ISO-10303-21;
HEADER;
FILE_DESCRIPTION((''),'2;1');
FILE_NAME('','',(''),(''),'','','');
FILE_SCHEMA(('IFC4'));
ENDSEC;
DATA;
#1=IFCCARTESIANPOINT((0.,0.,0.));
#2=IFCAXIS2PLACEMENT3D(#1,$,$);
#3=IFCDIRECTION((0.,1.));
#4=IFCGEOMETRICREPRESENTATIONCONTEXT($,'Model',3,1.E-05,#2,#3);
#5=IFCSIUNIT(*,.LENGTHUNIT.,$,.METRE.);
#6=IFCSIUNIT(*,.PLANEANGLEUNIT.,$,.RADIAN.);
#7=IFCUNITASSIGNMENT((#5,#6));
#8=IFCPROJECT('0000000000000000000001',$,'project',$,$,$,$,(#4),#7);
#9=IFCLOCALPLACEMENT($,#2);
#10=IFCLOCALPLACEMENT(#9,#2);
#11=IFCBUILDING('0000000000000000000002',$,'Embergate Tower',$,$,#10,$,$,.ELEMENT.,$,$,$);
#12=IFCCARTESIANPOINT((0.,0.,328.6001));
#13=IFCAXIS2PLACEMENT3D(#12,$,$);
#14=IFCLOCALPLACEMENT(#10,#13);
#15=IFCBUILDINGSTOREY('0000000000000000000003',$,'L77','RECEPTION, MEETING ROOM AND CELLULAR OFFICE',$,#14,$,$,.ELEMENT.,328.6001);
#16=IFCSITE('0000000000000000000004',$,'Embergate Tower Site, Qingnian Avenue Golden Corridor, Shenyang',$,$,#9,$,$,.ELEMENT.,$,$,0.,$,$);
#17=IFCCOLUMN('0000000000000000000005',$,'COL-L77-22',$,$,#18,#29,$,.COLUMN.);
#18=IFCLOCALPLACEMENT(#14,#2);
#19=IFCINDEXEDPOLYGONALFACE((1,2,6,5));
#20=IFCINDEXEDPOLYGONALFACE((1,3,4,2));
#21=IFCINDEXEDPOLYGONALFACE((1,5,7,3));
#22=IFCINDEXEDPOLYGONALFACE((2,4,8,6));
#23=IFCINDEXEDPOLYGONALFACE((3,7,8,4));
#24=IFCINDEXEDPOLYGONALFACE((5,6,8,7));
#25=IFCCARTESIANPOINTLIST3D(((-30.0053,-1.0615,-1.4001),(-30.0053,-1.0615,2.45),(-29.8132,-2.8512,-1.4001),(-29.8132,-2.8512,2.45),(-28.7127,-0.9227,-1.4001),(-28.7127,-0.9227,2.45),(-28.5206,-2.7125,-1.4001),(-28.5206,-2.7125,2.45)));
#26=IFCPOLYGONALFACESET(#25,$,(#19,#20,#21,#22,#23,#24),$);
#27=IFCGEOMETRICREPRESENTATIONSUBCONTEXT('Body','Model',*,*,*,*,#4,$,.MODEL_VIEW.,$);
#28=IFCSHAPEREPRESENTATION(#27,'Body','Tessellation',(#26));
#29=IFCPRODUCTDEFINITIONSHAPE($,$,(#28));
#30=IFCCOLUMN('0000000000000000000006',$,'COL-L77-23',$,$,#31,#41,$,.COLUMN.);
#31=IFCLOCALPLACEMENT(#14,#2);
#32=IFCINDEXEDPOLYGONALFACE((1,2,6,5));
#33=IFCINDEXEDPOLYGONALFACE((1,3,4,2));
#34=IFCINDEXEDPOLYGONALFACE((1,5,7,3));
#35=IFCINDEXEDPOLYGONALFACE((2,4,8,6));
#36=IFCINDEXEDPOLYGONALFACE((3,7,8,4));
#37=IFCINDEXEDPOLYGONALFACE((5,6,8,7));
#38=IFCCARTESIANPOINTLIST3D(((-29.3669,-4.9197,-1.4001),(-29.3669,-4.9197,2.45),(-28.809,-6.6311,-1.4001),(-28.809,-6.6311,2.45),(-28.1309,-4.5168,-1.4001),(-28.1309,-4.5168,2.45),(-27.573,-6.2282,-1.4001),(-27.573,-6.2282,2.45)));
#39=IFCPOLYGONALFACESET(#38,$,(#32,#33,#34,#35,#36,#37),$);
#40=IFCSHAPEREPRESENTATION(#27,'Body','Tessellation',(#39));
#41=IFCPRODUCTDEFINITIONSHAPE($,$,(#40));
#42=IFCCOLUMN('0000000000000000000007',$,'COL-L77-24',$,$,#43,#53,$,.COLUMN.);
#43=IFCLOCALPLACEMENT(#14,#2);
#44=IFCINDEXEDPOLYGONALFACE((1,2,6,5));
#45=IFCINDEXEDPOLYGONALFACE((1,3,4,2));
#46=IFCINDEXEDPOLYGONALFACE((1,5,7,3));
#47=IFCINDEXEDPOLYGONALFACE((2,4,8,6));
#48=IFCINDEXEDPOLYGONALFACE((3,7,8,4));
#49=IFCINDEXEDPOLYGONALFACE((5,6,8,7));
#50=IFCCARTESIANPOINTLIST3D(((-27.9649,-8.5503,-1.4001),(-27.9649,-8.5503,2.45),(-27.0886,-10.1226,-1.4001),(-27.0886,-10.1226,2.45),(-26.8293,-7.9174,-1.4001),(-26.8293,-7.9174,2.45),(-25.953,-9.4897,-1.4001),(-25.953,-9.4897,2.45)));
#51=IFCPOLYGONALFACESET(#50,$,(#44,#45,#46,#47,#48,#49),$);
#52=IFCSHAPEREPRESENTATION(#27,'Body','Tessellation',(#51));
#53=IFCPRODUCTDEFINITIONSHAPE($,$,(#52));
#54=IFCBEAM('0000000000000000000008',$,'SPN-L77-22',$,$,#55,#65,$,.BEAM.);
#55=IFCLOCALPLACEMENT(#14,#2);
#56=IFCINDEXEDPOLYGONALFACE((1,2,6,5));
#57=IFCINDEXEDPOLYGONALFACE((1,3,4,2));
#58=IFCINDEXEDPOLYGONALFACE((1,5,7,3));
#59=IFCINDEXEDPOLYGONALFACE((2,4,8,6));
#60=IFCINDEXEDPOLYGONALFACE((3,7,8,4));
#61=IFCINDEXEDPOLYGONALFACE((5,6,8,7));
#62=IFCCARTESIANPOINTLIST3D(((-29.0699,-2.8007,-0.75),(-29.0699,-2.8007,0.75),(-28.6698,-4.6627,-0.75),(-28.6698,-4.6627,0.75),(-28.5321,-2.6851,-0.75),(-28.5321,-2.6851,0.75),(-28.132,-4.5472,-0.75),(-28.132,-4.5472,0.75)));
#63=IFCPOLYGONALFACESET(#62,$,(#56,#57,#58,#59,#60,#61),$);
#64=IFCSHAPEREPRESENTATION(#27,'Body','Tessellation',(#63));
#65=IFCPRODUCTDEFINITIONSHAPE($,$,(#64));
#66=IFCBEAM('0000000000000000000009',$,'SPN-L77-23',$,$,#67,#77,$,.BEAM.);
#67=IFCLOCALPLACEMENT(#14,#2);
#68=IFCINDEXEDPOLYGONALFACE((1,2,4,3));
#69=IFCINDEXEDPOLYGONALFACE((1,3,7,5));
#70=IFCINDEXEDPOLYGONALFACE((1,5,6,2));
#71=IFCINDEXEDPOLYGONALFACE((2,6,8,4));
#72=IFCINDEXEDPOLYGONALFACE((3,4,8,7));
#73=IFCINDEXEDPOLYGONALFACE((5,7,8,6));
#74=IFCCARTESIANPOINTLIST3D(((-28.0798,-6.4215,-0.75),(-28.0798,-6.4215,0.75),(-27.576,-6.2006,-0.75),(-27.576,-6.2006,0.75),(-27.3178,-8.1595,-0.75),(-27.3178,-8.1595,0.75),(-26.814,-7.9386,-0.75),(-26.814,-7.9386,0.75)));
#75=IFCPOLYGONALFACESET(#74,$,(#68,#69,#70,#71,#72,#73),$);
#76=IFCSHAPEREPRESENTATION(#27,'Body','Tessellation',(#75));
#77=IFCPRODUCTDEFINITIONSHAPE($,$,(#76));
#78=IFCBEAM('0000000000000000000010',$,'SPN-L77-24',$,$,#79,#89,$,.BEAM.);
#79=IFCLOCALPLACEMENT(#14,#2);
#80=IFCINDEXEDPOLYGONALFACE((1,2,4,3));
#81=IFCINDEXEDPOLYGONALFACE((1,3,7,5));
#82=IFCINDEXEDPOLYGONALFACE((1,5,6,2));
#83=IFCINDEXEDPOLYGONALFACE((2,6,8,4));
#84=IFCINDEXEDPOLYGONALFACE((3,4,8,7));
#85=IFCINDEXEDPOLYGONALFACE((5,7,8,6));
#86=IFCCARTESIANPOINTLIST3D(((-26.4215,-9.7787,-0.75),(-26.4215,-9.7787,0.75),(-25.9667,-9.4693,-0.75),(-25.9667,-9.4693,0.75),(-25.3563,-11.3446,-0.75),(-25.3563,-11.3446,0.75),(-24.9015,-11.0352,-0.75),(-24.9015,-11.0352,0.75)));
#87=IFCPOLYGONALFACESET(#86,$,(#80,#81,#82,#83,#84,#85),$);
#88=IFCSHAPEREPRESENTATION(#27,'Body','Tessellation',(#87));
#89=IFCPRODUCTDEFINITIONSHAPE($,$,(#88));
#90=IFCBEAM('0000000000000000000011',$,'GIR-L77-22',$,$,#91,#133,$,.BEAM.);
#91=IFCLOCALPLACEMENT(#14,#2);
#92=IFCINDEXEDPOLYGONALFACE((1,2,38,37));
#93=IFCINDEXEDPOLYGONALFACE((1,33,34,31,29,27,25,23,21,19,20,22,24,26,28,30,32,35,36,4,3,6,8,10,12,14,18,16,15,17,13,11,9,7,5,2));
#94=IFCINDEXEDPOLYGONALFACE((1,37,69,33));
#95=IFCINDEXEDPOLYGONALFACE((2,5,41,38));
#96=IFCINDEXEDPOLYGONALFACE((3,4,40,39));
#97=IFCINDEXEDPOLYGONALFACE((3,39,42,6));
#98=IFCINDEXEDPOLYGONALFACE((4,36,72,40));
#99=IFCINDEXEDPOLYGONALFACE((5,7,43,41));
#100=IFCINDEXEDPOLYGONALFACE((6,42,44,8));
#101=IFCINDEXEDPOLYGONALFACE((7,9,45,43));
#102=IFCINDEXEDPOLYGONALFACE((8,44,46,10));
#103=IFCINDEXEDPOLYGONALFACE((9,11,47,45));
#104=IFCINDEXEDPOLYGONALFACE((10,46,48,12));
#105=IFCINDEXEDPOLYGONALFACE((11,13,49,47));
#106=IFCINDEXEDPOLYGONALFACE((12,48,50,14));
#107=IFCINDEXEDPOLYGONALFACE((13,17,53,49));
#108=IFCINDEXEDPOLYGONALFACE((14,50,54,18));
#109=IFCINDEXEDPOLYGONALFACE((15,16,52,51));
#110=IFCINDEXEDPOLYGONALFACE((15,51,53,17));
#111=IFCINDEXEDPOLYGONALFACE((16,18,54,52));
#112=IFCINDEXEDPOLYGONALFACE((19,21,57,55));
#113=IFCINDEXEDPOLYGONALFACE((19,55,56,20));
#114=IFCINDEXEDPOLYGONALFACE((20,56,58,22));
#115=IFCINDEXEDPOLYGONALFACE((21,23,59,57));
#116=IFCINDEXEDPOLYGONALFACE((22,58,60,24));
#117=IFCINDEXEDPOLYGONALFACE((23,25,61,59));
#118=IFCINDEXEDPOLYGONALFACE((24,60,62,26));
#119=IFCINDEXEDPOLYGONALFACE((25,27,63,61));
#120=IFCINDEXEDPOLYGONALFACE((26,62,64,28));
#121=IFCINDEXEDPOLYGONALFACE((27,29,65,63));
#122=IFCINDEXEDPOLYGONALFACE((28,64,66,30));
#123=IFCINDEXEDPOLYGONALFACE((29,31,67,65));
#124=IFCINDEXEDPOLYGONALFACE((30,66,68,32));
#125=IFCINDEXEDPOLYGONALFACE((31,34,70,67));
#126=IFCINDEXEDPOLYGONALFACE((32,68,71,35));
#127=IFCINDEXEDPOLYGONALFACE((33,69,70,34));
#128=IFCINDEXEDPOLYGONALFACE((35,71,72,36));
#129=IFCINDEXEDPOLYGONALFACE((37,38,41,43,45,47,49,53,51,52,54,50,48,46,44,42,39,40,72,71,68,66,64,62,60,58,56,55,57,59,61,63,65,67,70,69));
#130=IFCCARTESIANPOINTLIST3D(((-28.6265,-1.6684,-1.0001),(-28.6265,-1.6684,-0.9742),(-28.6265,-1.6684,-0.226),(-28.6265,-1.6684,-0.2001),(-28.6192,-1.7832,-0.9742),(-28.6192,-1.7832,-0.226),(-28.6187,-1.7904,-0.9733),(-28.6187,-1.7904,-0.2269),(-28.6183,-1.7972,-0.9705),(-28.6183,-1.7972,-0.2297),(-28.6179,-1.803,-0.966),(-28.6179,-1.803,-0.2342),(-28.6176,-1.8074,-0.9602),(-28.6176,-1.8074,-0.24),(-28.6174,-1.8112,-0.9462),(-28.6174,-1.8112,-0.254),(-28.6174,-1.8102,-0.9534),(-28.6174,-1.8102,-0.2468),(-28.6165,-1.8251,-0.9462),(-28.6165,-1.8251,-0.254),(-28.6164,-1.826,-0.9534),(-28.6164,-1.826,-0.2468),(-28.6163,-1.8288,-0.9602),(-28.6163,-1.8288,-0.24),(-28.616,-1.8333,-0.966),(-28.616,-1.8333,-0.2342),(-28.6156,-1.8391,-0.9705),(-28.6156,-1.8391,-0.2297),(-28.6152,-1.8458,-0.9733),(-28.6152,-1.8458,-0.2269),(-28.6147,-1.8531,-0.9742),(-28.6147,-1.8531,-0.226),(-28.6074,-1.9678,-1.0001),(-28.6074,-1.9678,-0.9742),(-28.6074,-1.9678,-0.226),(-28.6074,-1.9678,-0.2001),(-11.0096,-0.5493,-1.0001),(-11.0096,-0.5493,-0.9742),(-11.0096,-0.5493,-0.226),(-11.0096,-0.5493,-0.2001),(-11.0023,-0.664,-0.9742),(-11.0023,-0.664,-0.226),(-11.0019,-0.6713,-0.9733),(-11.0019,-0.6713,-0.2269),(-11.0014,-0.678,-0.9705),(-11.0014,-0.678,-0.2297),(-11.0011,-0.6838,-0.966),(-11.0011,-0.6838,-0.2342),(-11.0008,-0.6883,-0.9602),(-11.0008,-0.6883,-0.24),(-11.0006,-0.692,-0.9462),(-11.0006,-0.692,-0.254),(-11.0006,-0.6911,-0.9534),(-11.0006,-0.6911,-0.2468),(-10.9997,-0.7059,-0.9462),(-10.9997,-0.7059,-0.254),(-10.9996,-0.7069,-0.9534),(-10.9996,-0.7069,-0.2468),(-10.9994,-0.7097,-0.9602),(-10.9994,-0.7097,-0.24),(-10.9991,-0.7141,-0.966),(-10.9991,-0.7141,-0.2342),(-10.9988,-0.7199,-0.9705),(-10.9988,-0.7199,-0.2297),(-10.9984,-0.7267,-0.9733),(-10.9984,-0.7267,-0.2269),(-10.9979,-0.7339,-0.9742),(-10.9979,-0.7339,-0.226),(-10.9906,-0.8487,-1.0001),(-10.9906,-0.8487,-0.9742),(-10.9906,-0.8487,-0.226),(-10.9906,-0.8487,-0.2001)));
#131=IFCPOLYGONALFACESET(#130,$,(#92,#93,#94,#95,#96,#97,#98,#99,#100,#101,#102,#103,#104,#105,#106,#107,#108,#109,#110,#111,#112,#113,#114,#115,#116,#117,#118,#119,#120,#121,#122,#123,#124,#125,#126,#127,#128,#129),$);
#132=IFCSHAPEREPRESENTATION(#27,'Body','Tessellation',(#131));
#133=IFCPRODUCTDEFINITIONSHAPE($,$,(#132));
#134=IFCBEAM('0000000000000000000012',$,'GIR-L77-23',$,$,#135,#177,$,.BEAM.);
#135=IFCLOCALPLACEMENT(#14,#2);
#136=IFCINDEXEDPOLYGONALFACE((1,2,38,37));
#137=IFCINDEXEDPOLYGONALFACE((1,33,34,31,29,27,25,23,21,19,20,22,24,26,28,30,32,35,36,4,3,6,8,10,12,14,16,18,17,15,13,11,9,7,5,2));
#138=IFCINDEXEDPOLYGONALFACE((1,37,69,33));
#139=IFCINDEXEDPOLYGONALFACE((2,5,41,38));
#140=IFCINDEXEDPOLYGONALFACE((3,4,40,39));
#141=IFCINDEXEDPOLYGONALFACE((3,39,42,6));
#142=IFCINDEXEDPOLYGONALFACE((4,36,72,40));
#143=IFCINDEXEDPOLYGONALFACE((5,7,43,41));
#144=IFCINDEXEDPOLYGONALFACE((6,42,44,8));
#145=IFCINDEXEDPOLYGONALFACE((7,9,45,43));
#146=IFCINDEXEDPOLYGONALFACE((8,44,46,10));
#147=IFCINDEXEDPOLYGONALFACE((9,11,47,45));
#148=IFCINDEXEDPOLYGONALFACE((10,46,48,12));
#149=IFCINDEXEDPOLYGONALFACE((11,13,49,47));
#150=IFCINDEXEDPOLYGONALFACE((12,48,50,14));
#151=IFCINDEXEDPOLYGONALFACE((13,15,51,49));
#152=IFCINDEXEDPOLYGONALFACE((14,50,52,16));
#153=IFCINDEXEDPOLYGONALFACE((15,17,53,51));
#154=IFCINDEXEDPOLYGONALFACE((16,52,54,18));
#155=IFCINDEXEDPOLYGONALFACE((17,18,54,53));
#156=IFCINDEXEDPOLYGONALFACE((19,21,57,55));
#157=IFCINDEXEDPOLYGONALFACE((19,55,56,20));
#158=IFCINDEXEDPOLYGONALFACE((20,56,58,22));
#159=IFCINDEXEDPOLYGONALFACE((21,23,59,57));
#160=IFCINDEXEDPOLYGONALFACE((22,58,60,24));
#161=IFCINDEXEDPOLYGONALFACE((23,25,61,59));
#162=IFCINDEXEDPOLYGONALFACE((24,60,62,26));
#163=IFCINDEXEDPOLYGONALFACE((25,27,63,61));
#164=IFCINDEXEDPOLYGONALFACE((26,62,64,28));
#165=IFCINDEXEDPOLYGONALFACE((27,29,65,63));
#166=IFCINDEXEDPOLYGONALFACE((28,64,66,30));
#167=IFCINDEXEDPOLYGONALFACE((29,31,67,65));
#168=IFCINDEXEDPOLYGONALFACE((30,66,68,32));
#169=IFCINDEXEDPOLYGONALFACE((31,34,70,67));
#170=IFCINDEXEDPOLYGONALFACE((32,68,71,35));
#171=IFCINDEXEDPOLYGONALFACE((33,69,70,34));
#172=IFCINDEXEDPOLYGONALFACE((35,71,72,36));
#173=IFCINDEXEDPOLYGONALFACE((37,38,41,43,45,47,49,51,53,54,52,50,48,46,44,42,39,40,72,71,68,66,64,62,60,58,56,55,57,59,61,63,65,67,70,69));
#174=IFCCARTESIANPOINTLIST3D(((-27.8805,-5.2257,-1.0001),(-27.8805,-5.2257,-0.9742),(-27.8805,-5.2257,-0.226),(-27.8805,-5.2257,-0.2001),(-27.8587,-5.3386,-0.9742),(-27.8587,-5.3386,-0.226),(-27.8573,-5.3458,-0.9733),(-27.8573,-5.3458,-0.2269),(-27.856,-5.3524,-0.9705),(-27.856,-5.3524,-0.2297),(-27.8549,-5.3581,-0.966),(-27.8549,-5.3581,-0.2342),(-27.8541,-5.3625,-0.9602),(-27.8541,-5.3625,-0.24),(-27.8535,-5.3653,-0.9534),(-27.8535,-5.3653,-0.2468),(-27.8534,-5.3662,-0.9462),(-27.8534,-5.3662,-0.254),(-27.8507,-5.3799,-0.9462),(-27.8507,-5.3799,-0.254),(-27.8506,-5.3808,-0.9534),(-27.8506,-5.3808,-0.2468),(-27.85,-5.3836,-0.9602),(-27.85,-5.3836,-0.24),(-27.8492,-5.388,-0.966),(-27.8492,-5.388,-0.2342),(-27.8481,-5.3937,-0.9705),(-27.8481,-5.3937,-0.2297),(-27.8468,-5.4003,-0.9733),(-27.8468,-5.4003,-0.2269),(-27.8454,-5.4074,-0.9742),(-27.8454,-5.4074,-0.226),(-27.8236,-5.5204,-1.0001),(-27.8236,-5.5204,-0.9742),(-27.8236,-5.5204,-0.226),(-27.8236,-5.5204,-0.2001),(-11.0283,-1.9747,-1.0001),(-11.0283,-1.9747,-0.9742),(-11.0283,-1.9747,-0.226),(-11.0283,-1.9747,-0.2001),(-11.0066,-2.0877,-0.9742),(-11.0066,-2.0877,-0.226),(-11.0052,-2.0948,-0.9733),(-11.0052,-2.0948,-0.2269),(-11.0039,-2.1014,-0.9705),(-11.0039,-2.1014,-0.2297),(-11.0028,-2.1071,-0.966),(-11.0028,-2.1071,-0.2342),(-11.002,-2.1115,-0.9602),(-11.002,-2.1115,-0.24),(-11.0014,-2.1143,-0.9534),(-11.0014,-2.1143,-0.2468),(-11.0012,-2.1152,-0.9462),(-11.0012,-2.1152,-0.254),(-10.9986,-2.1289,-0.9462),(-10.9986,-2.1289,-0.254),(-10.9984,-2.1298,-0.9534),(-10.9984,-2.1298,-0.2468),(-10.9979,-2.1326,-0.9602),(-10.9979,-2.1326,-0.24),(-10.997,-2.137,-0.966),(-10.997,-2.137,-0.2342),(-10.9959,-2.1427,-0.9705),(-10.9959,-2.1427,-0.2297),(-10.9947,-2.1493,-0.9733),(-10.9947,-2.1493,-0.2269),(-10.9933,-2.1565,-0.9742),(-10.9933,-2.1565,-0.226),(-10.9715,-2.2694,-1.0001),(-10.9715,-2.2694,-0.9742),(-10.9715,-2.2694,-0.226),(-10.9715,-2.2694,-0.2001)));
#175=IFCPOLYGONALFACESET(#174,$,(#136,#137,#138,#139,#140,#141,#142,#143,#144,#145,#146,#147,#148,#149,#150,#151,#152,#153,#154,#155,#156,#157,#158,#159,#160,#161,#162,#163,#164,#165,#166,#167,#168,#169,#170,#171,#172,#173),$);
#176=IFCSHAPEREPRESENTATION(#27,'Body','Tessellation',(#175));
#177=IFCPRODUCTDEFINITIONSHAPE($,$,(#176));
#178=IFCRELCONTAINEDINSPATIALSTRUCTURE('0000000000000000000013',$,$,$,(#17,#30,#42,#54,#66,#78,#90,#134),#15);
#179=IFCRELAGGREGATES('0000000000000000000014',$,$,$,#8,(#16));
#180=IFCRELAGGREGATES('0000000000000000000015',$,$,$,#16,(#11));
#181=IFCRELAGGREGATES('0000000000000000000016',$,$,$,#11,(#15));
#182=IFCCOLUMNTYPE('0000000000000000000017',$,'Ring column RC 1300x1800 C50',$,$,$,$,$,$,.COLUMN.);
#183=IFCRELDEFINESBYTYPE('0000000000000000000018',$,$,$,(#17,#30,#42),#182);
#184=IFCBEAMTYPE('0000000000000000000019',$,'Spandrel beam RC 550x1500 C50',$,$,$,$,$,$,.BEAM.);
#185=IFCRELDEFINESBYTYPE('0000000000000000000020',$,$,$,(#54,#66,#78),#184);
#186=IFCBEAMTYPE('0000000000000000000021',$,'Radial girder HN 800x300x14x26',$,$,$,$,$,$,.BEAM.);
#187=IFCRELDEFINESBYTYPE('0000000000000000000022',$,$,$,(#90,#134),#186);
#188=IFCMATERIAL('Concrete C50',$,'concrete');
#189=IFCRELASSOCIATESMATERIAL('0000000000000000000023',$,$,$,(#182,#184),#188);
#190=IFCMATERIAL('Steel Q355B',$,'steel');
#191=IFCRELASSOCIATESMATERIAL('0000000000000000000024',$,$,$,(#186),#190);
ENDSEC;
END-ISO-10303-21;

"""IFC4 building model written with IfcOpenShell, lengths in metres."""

from ifc_helpers import new_model, si_unit, direction, frame, origin, origin_2d, place, context, subcontext, project, spatial, rectangle, i_section, extrude, source, transform, mapped, material, material_profile, profile_set, type_object, element, save


model = new_model("IFC4")

# Units and contexts
model_context = context("Model", 3, precision=1e-05, world=origin(), true_north=direction((0.0, 1.0)))
body_context = subcontext(model_context, "Body", "Model", "MODEL_VIEW")
ifc_project = project(units=[si_unit("LENGTHUNIT", "METRE"), si_unit("PLANEANGLEUNIT", "RADIAN")], contexts=[model_context])

# Site, building, storey
site_placement = place(None, origin())
site = spatial("IfcSite", under=ifc_project, at=site_placement, Name="Embergate Tower Site, Qingnian Avenue Golden Corridor, Shenyang", CompositionType="ELEMENT", RefElevation=0.0)
building_placement = place(site_placement, origin())
building = spatial("IfcBuilding", under=site, at=building_placement, Name="Embergate Tower", CompositionType="ELEMENT")
storey_placement = place(building_placement, frame((0.0, 0.0, 328.6001)))
storey = spatial("IfcBuildingStorey", under=building, at=storey_placement, Name="L77", Description="RECEPTION, MEETING ROOM AND CELLULAR OFFICE", CompositionType="ELEMENT", Elevation=328.6001)

# Columns
ifc_material_1 = material(Name="Concrete C50", Category="concrete")
ifc_material_profile_1 = material_profile(ifc_material_1, rectangle(XDim=1.3, YDim=1.8, at=origin_2d()), Name="RC 1300x1800")
ifc_profile_set_1 = profile_set([ifc_material_profile_1], Name="Concrete C50")
column_type = type_object("IfcColumnType", Name="Ring column RC 1300x1800 C50", PredefinedType="COLUMN", material=ifc_profile_set_1)
shared_shape_1 = source(origin(), body_context, "Body", "SweptSolid", [
    extrude(rectangle(XDim=1.3, YDim=1.8, at=origin_2d()), origin(), (0.0, 0.0, 1.0), 3.8501),
])
for number, where, z_axis, x_axis, name in (
    (1, (-29.2629, -1.887, -1.4001), (0.0, 0.0, 1.0), (-0.994286, -0.10675, 0.0), "COL-L77-22"),
    (2, (-28.47, -5.574, -1.4001), (0.0, 0.0, 1.0), (-0.950754, -0.309946, 0.0), "COL-L77-23"),
    (3, (-26.959, -9.02, -1.4001), (0.0, 0.0, 1.0), (-0.8735, -0.486823, 0.0), "COL-L77-24"),
):
    element("IfcColumn", number, at=place(storey_placement, frame(where, z_axis=z_axis, x_axis=x_axis)), inside=storey, type_object=column_type, Name=name, PredefinedType="COLUMN", context=body_context, shape_type="MappedRepresentation", body=[
        mapped(shared_shape_1, transform((0.0, 0.0, 0.0))),
    ])

# Beams
ifc_material_profile_2 = material_profile(ifc_material_1, rectangle(XDim=0.55, YDim=1.5, at=origin_2d()), Name="RC 550x1500")
ifc_profile_set_2 = profile_set([ifc_material_profile_2], Name="Concrete C50")
beam_type_1 = type_object("IfcBeamType", Name="Spandrel beam RC 550x1500 C50", PredefinedType="BEAM", material=ifc_profile_set_2)
shared_shape_2 = source(origin(), body_context, "Body", "SweptSolid", [
    extrude(rectangle(XDim=0.55, YDim=1.5, at=origin_2d()), origin(), (0.0, 0.0, 1.0), 1.9045),
])
beam_1_placement = place(storey_placement, frame((-28.801, -2.7429, 0.0), z_axis=(0.210098, -0.97768, 0.0), x_axis=(0.97768, 0.210098, 0.0)))
element("IfcBeam", 4, at=beam_1_placement, inside=storey, type_object=beam_type_1, Name="SPN-L77-22", PredefinedType="BEAM", context=body_context, shape_type="MappedRepresentation", body=[
    mapped(shared_shape_2, transform((0.0, 0.0, 0.0))),
])
shared_shape_3 = source(origin(), body_context, "Body", "SweptSolid", [
    extrude(rectangle(XDim=0.55, YDim=1.5, at=origin_2d()), origin(), (0.0, 0.0, 1.0), 1.8977),
])
beam_2_placement = place(storey_placement, frame((-27.8279, -6.311, 0.0), z_axis=(0.401514, -0.915853, 0.0), x_axis=(0.915853, 0.401514, 0.0)))
element("IfcBeam", 5, at=beam_2_placement, inside=storey, type_object=beam_type_1, Name="SPN-L77-23", PredefinedType="BEAM", context=body_context, shape_type="MappedRepresentation", body=[
    mapped(shared_shape_3, transform((0.0, 0.0, 0.0))),
])
shared_shape_4 = source(origin(), body_context, "Body", "SweptSolid", [
    extrude(rectangle(XDim=0.55, YDim=1.5, at=origin_2d()), origin(), (0.0, 0.0, 1.0), 1.8938),
])
beam_3_placement = place(storey_placement, frame((-26.1941, -9.624, 0.0), z_axis=(0.56244, -0.826838, 0.0), x_axis=(0.826838, 0.56244, 0.0)))
element("IfcBeam", 6, at=beam_3_placement, inside=storey, type_object=beam_type_1, Name="SPN-L77-24", PredefinedType="BEAM", context=body_context, shape_type="MappedRepresentation", body=[
    mapped(shared_shape_4, transform((0.0, 0.0, 0.0))),
])
ifc_material_2 = material(Name="Steel Q355B", Category="steel")
ifc_material_profile_3 = material_profile(ifc_material_2, i_section(OverallWidth=0.3, OverallDepth=0.8, WebThickness=0.0139, FlangeThickness=0.0259, FilletRadius=0.0281, at=origin_2d()), Name="HN 800x300x14x26")
ifc_profile_set_3 = profile_set([ifc_material_profile_3], Name="Steel Q355 grade B")
beam_type_2 = type_object("IfcBeamType", Name="Radial girder HN 800x300x14x26", PredefinedType="BEAM", material=ifc_profile_set_3)
shared_shape_5 = source(origin(), body_context, "Body", "SweptSolid", [
    extrude(i_section(OverallWidth=0.3, OverallDepth=0.8, WebThickness=0.0139, FlangeThickness=0.0259, FilletRadius=0.0281, at=origin_2d()), origin(), (0.0, 0.0, 1.0), 17.6523),
])
beam_4_placement = place(storey_placement, frame((-28.6169, -1.8181, -0.6001), z_axis=(0.997988, 0.063399, 0.0), x_axis=(-0.063399, 0.997988, 0.0)))
element("IfcBeam", 7, at=beam_4_placement, inside=storey, type_object=beam_type_2, Name="GIR-L77-22", PredefinedType="BEAM", context=body_context, shape_type="MappedRepresentation", body=[
    mapped(shared_shape_5, transform((0.0, 0.0, 0.0))),
])
shared_shape_6 = source(origin(), body_context, "Body", "SweptSolid", [
    extrude(i_section(OverallWidth=0.3, OverallDepth=0.8, WebThickness=0.0139, FlangeThickness=0.0259, FilletRadius=0.0281, at=origin_2d()), origin(), (0.0, 0.0, 1.0), 17.1628),
])
beam_5_placement = place(storey_placement, frame((-27.8521, -5.373, -0.6001), z_axis=(0.981896, 0.18942, 0.0), x_axis=(-0.18942, 0.981896, 0.0)))
element("IfcBeam", 8, at=beam_5_placement, inside=storey, type_object=beam_type_2, Name="GIR-L77-23", PredefinedType="BEAM", context=body_context, shape_type="MappedRepresentation", body=[
    mapped(shared_shape_6, transform((0.0, 0.0, 0.0))),
])

save(model, "model.ifc")
